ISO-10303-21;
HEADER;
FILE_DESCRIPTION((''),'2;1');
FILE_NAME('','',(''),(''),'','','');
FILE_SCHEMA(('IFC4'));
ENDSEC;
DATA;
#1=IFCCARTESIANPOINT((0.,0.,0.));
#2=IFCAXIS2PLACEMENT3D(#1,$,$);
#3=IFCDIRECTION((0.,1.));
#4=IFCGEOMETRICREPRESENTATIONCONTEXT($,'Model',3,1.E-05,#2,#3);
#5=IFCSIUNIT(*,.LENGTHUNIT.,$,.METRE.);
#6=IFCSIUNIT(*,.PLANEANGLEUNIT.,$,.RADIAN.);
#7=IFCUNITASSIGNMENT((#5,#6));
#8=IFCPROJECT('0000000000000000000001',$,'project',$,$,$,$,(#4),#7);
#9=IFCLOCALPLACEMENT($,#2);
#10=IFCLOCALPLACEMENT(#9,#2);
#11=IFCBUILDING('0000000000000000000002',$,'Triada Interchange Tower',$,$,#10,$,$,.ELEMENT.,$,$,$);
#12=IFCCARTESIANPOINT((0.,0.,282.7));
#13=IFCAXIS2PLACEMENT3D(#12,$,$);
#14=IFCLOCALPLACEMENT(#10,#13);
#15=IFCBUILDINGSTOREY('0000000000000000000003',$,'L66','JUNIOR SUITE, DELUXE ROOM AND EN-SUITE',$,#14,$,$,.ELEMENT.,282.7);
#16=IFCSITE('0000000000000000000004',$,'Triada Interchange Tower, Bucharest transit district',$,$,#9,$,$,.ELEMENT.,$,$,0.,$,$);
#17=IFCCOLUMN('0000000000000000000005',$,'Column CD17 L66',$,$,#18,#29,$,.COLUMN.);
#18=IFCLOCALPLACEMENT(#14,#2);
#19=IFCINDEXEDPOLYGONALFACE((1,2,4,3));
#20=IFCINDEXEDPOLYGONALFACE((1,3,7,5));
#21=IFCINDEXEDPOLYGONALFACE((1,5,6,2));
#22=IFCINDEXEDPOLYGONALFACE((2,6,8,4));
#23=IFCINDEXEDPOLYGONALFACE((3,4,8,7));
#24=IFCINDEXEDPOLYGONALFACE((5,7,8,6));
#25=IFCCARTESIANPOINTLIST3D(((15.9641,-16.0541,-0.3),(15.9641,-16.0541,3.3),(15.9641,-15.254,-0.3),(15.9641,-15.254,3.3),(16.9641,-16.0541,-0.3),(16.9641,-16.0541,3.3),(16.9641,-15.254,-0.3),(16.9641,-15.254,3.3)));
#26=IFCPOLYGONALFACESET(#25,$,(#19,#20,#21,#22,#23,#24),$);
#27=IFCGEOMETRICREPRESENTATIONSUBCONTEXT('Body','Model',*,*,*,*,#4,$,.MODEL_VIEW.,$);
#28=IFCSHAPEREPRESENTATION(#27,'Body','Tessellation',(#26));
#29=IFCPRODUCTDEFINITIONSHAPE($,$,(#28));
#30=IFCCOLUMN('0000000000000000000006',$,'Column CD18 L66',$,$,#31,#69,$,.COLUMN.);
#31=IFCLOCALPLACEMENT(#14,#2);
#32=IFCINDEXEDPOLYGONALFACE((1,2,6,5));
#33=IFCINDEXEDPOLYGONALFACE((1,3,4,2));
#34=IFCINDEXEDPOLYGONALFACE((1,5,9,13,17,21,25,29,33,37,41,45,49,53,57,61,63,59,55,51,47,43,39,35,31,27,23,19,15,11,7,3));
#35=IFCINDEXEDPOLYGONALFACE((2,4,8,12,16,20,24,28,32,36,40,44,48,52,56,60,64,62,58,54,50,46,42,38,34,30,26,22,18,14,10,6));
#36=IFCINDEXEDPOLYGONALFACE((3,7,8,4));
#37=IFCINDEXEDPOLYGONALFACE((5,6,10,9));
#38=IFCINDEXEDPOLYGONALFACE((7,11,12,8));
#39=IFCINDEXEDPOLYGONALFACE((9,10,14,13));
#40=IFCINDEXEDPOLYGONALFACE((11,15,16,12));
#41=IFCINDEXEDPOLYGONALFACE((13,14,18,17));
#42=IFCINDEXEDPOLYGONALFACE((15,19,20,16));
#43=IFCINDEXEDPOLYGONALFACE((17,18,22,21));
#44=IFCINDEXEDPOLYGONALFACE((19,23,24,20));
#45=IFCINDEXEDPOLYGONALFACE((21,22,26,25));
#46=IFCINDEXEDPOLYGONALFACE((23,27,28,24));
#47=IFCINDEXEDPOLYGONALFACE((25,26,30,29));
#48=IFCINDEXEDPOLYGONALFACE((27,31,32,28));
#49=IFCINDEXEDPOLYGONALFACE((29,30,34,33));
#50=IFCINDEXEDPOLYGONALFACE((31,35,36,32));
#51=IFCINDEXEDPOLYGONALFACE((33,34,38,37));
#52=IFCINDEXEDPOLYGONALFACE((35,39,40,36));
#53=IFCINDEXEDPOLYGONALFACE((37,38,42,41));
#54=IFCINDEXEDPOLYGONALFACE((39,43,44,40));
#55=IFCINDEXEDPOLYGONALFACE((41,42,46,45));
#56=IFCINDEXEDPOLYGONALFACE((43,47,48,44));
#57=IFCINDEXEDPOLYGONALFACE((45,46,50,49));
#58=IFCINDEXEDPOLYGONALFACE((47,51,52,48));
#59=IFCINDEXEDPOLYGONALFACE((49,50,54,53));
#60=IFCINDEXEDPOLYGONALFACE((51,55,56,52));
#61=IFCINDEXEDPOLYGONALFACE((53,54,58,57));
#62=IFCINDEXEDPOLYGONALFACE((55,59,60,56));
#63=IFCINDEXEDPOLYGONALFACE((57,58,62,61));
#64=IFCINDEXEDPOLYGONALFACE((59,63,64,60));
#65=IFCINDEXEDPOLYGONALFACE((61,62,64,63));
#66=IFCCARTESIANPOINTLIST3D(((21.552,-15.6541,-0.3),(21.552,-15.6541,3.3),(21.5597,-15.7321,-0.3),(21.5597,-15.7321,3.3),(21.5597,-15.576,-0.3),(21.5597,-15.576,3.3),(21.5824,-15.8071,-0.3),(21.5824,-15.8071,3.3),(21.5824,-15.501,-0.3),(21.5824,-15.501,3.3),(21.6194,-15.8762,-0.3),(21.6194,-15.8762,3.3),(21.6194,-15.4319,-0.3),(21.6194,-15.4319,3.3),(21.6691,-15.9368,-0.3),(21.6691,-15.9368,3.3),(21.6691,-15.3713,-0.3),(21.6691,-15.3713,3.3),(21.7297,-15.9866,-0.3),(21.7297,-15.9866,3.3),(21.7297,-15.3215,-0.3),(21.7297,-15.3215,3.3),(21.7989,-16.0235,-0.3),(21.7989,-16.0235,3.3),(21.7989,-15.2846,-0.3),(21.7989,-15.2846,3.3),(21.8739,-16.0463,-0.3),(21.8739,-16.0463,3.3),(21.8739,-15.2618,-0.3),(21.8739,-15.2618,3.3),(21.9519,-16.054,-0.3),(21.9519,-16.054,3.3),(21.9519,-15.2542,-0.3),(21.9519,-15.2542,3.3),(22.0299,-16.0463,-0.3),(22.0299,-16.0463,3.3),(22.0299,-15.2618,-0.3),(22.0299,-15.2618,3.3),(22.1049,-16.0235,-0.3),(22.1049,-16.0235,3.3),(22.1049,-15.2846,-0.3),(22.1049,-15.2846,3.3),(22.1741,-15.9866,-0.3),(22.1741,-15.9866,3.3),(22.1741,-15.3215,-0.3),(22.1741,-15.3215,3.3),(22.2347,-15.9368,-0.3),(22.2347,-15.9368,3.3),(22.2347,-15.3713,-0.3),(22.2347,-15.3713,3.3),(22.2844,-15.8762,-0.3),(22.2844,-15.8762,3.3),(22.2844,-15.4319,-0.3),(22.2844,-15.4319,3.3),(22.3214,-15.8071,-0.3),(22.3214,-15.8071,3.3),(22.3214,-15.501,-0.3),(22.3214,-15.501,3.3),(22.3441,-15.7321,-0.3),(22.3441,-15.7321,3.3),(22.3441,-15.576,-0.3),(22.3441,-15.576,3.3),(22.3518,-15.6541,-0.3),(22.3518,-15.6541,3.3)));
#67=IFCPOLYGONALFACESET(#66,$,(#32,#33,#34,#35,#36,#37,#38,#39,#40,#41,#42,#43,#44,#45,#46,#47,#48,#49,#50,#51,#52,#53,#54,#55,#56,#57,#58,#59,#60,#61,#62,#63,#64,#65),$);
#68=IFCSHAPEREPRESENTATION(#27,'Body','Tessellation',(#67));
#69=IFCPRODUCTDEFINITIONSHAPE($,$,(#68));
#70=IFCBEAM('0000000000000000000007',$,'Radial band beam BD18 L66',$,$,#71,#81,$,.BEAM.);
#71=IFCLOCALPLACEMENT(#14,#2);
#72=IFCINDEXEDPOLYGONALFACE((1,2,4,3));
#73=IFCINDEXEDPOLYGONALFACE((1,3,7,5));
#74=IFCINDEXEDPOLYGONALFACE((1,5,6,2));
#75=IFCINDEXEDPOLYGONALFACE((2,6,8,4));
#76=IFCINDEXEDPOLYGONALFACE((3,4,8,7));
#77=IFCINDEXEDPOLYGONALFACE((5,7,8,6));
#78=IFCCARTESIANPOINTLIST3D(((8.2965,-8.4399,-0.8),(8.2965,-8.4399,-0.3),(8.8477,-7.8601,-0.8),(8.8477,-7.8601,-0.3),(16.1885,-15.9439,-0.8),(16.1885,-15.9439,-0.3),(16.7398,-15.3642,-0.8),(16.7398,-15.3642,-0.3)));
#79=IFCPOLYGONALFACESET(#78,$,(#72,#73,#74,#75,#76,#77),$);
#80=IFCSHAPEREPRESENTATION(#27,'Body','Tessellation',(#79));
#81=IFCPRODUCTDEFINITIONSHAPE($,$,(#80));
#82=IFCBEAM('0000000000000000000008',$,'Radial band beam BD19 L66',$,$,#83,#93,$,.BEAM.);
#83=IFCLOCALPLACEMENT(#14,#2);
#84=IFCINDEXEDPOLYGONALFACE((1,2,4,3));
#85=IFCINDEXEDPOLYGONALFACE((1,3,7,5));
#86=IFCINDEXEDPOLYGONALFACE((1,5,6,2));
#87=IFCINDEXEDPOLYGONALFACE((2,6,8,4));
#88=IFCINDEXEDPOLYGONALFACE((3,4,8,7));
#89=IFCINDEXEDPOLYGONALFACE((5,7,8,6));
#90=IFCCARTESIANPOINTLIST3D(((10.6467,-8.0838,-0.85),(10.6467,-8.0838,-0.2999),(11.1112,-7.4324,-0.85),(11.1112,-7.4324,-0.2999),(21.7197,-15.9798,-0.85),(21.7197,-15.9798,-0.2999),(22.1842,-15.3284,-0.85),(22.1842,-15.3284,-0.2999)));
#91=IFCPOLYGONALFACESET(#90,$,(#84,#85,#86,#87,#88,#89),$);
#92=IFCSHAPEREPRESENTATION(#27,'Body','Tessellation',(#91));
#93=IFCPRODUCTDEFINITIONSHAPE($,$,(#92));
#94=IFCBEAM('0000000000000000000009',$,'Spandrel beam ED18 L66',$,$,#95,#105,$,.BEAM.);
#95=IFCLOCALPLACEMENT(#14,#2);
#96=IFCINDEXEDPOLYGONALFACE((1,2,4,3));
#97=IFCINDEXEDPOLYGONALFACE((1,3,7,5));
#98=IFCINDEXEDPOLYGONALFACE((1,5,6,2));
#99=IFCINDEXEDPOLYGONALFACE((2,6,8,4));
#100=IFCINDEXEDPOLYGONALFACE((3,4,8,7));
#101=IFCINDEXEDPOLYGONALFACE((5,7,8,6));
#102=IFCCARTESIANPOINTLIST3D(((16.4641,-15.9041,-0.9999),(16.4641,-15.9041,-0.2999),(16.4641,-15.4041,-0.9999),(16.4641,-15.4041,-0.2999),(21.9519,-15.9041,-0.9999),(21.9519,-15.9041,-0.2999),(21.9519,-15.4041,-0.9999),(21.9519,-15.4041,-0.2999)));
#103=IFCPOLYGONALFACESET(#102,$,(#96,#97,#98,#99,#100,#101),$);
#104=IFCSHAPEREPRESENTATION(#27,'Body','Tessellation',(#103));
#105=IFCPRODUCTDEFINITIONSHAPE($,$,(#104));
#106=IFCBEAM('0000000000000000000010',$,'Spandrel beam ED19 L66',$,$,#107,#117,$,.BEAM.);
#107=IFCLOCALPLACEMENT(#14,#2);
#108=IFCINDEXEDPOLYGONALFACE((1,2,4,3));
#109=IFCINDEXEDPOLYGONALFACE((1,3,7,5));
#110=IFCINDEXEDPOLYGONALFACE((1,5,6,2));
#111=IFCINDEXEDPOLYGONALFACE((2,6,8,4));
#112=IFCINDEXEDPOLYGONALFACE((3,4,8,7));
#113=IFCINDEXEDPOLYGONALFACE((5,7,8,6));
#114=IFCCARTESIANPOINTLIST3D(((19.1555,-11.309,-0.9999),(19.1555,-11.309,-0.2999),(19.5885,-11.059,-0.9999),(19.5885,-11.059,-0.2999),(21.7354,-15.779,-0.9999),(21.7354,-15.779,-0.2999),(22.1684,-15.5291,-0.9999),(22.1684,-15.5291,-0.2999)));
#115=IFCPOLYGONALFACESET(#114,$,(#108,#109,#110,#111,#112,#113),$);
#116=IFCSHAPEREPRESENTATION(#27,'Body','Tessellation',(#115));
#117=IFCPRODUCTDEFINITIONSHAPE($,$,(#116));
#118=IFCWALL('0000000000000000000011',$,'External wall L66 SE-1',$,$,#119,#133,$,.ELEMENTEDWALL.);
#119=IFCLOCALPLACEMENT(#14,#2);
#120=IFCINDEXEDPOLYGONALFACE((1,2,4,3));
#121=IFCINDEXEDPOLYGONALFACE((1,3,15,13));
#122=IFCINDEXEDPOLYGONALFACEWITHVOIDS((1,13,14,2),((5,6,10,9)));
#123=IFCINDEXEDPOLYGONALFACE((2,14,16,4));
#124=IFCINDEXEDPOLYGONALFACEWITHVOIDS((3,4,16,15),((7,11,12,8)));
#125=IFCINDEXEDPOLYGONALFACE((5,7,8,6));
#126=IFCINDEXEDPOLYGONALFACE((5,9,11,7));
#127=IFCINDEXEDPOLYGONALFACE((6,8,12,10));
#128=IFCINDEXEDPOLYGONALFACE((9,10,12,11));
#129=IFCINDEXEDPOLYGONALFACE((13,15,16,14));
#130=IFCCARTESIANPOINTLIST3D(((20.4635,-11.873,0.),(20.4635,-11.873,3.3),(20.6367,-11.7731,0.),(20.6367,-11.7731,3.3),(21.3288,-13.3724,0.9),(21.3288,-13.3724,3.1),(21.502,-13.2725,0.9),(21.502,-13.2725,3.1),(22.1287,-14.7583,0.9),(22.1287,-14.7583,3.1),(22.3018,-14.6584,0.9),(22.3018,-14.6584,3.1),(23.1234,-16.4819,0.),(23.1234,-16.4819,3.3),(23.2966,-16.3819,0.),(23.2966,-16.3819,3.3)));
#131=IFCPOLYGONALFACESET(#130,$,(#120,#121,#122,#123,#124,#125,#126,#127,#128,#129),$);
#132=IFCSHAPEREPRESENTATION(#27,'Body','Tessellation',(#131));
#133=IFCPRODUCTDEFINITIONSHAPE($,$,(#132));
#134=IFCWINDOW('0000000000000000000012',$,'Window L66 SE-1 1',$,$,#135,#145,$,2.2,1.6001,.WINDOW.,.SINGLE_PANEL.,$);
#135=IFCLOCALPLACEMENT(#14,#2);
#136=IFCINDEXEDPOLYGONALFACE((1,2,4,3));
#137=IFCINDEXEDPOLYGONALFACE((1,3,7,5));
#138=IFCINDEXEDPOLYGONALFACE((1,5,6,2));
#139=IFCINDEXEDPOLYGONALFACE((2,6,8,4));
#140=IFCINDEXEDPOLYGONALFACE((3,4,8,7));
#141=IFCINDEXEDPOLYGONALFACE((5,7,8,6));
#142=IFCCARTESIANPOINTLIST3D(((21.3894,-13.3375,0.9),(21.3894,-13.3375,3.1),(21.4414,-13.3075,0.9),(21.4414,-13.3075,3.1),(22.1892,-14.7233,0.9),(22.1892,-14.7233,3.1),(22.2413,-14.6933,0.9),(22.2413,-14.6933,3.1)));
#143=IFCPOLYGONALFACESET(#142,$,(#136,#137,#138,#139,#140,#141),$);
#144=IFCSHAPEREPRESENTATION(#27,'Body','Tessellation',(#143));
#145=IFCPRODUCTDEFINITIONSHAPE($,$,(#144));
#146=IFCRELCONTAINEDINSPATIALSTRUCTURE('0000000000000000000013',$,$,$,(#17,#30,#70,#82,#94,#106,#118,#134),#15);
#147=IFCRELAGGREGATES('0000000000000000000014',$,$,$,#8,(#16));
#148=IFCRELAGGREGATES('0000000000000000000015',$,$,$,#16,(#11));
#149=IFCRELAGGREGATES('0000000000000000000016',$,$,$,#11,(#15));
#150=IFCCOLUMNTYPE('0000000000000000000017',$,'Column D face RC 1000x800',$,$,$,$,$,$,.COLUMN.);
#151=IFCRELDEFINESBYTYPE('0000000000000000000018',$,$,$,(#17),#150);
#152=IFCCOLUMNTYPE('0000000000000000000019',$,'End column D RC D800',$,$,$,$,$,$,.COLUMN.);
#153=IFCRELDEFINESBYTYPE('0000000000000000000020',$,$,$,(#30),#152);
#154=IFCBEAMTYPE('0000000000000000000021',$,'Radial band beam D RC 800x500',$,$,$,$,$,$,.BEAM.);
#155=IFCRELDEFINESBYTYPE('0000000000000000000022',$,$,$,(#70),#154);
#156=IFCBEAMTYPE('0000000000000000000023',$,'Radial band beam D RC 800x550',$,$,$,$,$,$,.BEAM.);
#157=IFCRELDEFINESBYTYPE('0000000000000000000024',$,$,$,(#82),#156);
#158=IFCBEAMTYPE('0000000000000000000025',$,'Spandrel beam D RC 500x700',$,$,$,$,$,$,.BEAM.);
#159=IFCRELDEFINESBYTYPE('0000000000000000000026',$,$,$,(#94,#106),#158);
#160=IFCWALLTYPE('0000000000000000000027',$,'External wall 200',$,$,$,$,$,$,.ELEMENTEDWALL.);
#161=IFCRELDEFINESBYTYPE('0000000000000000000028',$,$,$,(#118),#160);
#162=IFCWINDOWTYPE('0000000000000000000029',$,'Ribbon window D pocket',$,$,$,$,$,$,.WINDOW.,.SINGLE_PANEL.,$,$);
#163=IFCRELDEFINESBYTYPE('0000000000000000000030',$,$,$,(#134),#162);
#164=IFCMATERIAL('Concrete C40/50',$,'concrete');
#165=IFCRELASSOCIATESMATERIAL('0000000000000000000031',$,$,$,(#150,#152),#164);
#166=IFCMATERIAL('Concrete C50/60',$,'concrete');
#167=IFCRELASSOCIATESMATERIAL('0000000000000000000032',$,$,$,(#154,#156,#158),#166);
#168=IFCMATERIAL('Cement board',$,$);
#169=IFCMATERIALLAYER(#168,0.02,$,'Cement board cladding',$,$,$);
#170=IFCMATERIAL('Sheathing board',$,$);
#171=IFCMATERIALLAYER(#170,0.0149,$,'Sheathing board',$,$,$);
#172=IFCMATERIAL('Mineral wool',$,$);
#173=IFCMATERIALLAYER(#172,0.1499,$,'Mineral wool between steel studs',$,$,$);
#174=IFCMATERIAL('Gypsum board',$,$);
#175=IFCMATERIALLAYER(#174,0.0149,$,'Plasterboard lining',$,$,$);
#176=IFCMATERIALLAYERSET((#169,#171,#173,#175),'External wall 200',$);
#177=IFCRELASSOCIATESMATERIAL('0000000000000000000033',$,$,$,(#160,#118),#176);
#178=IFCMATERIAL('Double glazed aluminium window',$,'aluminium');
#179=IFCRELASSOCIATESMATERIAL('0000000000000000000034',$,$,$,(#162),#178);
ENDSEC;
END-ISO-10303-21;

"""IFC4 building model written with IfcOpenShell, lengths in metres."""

from ifc_helpers import new_model, si_unit, direction, frame, frame_2d, origin, origin_2d, place, context, subcontext, project, spatial, rectangle, circle, extrude, material, layer, layer_set, layer_usage, material_profile, profile_set, type_object, element, fill, save


model = new_model("IFC4")

# Units and contexts
model_context = context("Model", 3, precision=1e-05, world=origin(), true_north=direction((0.0, 1.0)))
body_context = subcontext(model_context, "Body", "Model", "MODEL_VIEW")
ifc_project = project(units=[si_unit("LENGTHUNIT", "METRE"), si_unit("PLANEANGLEUNIT", "RADIAN")], contexts=[model_context])

# Site, building, storey
site_placement = place(None, origin())
site = spatial("IfcSite", under=ifc_project, at=site_placement, Name="Triada Interchange Tower, Bucharest transit district", CompositionType="ELEMENT", RefElevation=0.0)
building_placement = place(site_placement, origin())
building = spatial("IfcBuilding", under=site, at=building_placement, Name="Triada Interchange Tower", CompositionType="ELEMENT")
storey_placement = place(building_placement, frame((0.0, 0.0, 282.7)))
storey = spatial("IfcBuildingStorey", under=building, at=storey_placement, Name="L66", Description="JUNIOR SUITE, DELUXE ROOM AND EN-SUITE", CompositionType="ELEMENT", Elevation=282.7)

# Columns
ifc_material_1 = material(Name="Concrete C40/50", Category="concrete")
ifc_material_profile_1 = material_profile(ifc_material_1, rectangle(XDim=1.0, YDim=0.8, at=origin_2d()), Name="RC 1000x800")
ifc_profile_set_1 = profile_set([ifc_material_profile_1], Name="Concrete C40/50")
column_type_1 = type_object("IfcColumnType", Name="Column D face RC 1000x800", PredefinedType="COLUMN", material=ifc_profile_set_1)
column_1_placement = place(storey_placement, frame((16.4641, -15.6541, -0.3), z_axis=(0.0, 0.0, 1.0), x_axis=(1.0, 0.0, 0.0)))
element("IfcColumn", 1, at=column_1_placement, inside=storey, type_object=column_type_1, Name="Column CD17 L66", PredefinedType="COLUMN", context=body_context, shape_type="SweptSolid", body=[
    extrude(rectangle(XDim=1.0, YDim=0.8, at=origin_2d()), origin(), (0.0, 0.0, 1.0), 3.6001),
])
ifc_material_profile_2 = material_profile(ifc_material_1, circle(Radius=0.3999, at=origin_2d()), Name="RC D800")
ifc_profile_set_2 = profile_set([ifc_material_profile_2], Name="Concrete C40/50")
column_type_2 = type_object("IfcColumnType", Name="End column D RC D800", PredefinedType="COLUMN", material=ifc_profile_set_2)
column_2_placement = place(storey_placement, frame((21.9519, -15.6541, -0.3), z_axis=(0.0, 0.0, 1.0), x_axis=(1.0, 0.0, 0.0)))
element("IfcColumn", 2, at=column_2_placement, inside=storey, type_object=column_type_2, Name="Column CD18 L66", PredefinedType="COLUMN", context=body_context, shape_type="SweptSolid", body=[
    extrude(circle(Radius=0.3999, at=origin_2d()), origin(), (0.0, 0.0, 1.0), 3.6001),
])

# Beams
ifc_material_2 = material(Name="Concrete C50/60", Category="concrete")
ifc_material_profile_3 = material_profile(ifc_material_2, rectangle(XDim=0.8, YDim=0.5, at=origin_2d()), Name="RC 800x500")
ifc_profile_set_3 = profile_set([ifc_material_profile_3], Name="Concrete C50/60")
beam_type_1 = type_object("IfcBeamType", Name="Radial band beam D RC 800x500", PredefinedType="BEAM", material=ifc_profile_set_3)
beam_1_placement = place(storey_placement, frame((16.4641, -15.6541, -0.55), z_axis=(-0.724694, 0.689071, 0.0), x_axis=(-0.689071, -0.724694, 0.0)))
element("IfcBeam", 3, at=beam_1_placement, inside=storey, type_object=beam_type_1, Name="Radial band beam BD18 L66", PredefinedType="BEAM", context=body_context, shape_type="SweptSolid", body=[
    extrude(rectangle(XDim=0.8, YDim=0.5, at=origin_2d()), origin(), (0.0, 0.0, 1.0), 10.8901),
])
ifc_material_profile_4 = material_profile(ifc_material_2, rectangle(XDim=0.8, YDim=0.55, at=origin_2d()), Name="RC 800x550")
ifc_profile_set_4 = profile_set([ifc_material_profile_4], Name="Concrete C50/60")
beam_type_2 = type_object("IfcBeamType", Name="Radial band beam D RC 800x550", PredefinedType="BEAM", material=ifc_profile_set_4)
beam_2_placement = place(storey_placement, frame((21.9519, -15.6541, -0.575), z_axis=(-0.814195, 0.580591, 0.0), x_axis=(-0.580591, -0.814195, 0.0)))
element("IfcBeam", 4, at=beam_2_placement, inside=storey, type_object=beam_type_2, Name="Radial band beam BD19 L66", PredefinedType="BEAM", context=body_context, shape_type="SweptSolid", body=[
    extrude(rectangle(XDim=0.8, YDim=0.55, at=origin_2d()), origin(), (0.0, 0.0, 1.0), 13.5999),
])
ifc_material_profile_5 = material_profile(ifc_material_2, rectangle(XDim=0.5, YDim=0.7, at=origin_2d()), Name="RC 500x700")
ifc_profile_set_5 = profile_set([ifc_material_profile_5], Name="Concrete C50/60")
beam_type_3 = type_object("IfcBeamType", Name="Spandrel beam D RC 500x700", PredefinedType="BEAM", material=ifc_profile_set_5)
beam_3_placement = place(storey_placement, frame((16.4641, -15.6541, -0.6499), z_axis=(1.0, 0.0, 0.0), x_axis=(0.0, 1.0, 0.0)))
element("IfcBeam", 5, at=beam_3_placement, inside=storey, type_object=beam_type_3, Name="Spandrel beam ED18 L66", PredefinedType="BEAM", context=body_context, shape_type="SweptSolid", body=[
    extrude(rectangle(XDim=0.5, YDim=0.7, at=origin_2d()), origin(), (0.0, 0.0, 1.0), 5.4878),
])
beam_4_placement = place(storey_placement, frame((21.9519, -15.6541, -0.6499), z_axis=(-0.499869, 0.866101, 0.0), x_axis=(-0.866101, -0.499869, 0.0)))
element("IfcBeam", 6, at=beam_4_placement, inside=storey, type_object=beam_type_3, Name="Spandrel beam ED19 L66", PredefinedType="BEAM", context=body_context, shape_type="SweptSolid", body=[
    extrude(rectangle(XDim=0.5, YDim=0.7, at=origin_2d()), origin(), (0.0, 0.0, 1.0), 5.1611),
])

# Wall, opening, window
ifc_material_3 = material(Name="Cement board")
ifc_layer_1 = layer(ifc_material_3, 0.02, Name="Cement board cladding")
ifc_material_4 = material(Name="Sheathing board")
ifc_layer_2 = layer(ifc_material_4, 0.0149, Name="Sheathing board")
ifc_material_5 = material(Name="Mineral wool")
ifc_layer_3 = layer(ifc_material_5, 0.1499, Name="Mineral wool between steel studs")
ifc_material_6 = material(Name="Gypsum board")
ifc_layer_4 = layer(ifc_material_6, 0.0149, Name="Plasterboard lining")
ifc_layer_set_1 = layer_set([ifc_layer_1, ifc_layer_2, ifc_layer_3, ifc_layer_4], Name="External wall 200")
ifc_layer_usage = layer_usage(ifc_layer_set_1, "AXIS2", "POSITIVE", -0.1001)
wall_type_1 = type_object("IfcWallType", Name="External wall 200", PredefinedType="ELEMENTEDWALL", material=ifc_layer_set_1)
wall_1_placement = place(storey_placement, frame((23.21, -16.4319, 0.0), z_axis=(0.0, 0.0, 1.0), x_axis=(-0.499855, 0.866109, 0.0)))
wall_1 = element("IfcWall", 7, at=wall_1_placement, inside=storey, type_object=wall_type_1, material=ifc_layer_usage, Name="External wall L66 SE-1", PredefinedType="ELEMENTEDWALL", context=body_context, shape_type="SweptSolid", body=[
    extrude(rectangle(XDim=5.3213, YDim=0.2, at=frame_2d((2.6606, 0.0))), origin(), (0.0, 0.0, 1.0), 3.3),
])
opening_1_placement = place(wall_1_placement, frame((1.99, 0.0, 0.8999)))
opening_1 = element("IfcOpeningElement", 8, at=opening_1_placement, cuts=wall_1, PredefinedType="OPENING", context=body_context, shape_type="SweptSolid", body=[
    extrude(rectangle(XDim=1.6001, YDim=2.2, at=frame_2d((0.8, 1.1001))), frame((0.0, 0.1099, 0.0), z_axis=(0.0, -1.0, 0.0), x_axis=(1.0, 0.0, 0.0)), (0.0, 0.0, 1.0), 0.22),
])
ifc_material_7 = material(Name="Double glazed aluminium window", Category="aluminium")
window_type_1 = type_object("IfcWindowType", Name="Ribbon window D pocket", PartitioningType="SINGLE_PANEL", PredefinedType="WINDOW", material=ifc_material_7)
window_1_placement = place(opening_1_placement, origin())
window_1 = element("IfcWindow", 9, at=window_1_placement, inside=storey, type_object=window_type_1, Name="Window L66 SE-1 1", OverallHeight=2.2, OverallWidth=1.6001, PartitioningType="SINGLE_PANEL", PredefinedType="WINDOW", context=body_context, shape_type="SweptSolid", body=[
    extrude(rectangle(XDim=1.6001, YDim=2.2, at=frame_2d((0.8, 1.1001))), frame((0.0, 0.03, 0.0), z_axis=(0.0, -1.0, 0.0), x_axis=(1.0, 0.0, 0.0)), (0.0, 0.0, 1.0), 0.0601),
])
fill(opening_1, window_1)

save(model, "model.ifc")
